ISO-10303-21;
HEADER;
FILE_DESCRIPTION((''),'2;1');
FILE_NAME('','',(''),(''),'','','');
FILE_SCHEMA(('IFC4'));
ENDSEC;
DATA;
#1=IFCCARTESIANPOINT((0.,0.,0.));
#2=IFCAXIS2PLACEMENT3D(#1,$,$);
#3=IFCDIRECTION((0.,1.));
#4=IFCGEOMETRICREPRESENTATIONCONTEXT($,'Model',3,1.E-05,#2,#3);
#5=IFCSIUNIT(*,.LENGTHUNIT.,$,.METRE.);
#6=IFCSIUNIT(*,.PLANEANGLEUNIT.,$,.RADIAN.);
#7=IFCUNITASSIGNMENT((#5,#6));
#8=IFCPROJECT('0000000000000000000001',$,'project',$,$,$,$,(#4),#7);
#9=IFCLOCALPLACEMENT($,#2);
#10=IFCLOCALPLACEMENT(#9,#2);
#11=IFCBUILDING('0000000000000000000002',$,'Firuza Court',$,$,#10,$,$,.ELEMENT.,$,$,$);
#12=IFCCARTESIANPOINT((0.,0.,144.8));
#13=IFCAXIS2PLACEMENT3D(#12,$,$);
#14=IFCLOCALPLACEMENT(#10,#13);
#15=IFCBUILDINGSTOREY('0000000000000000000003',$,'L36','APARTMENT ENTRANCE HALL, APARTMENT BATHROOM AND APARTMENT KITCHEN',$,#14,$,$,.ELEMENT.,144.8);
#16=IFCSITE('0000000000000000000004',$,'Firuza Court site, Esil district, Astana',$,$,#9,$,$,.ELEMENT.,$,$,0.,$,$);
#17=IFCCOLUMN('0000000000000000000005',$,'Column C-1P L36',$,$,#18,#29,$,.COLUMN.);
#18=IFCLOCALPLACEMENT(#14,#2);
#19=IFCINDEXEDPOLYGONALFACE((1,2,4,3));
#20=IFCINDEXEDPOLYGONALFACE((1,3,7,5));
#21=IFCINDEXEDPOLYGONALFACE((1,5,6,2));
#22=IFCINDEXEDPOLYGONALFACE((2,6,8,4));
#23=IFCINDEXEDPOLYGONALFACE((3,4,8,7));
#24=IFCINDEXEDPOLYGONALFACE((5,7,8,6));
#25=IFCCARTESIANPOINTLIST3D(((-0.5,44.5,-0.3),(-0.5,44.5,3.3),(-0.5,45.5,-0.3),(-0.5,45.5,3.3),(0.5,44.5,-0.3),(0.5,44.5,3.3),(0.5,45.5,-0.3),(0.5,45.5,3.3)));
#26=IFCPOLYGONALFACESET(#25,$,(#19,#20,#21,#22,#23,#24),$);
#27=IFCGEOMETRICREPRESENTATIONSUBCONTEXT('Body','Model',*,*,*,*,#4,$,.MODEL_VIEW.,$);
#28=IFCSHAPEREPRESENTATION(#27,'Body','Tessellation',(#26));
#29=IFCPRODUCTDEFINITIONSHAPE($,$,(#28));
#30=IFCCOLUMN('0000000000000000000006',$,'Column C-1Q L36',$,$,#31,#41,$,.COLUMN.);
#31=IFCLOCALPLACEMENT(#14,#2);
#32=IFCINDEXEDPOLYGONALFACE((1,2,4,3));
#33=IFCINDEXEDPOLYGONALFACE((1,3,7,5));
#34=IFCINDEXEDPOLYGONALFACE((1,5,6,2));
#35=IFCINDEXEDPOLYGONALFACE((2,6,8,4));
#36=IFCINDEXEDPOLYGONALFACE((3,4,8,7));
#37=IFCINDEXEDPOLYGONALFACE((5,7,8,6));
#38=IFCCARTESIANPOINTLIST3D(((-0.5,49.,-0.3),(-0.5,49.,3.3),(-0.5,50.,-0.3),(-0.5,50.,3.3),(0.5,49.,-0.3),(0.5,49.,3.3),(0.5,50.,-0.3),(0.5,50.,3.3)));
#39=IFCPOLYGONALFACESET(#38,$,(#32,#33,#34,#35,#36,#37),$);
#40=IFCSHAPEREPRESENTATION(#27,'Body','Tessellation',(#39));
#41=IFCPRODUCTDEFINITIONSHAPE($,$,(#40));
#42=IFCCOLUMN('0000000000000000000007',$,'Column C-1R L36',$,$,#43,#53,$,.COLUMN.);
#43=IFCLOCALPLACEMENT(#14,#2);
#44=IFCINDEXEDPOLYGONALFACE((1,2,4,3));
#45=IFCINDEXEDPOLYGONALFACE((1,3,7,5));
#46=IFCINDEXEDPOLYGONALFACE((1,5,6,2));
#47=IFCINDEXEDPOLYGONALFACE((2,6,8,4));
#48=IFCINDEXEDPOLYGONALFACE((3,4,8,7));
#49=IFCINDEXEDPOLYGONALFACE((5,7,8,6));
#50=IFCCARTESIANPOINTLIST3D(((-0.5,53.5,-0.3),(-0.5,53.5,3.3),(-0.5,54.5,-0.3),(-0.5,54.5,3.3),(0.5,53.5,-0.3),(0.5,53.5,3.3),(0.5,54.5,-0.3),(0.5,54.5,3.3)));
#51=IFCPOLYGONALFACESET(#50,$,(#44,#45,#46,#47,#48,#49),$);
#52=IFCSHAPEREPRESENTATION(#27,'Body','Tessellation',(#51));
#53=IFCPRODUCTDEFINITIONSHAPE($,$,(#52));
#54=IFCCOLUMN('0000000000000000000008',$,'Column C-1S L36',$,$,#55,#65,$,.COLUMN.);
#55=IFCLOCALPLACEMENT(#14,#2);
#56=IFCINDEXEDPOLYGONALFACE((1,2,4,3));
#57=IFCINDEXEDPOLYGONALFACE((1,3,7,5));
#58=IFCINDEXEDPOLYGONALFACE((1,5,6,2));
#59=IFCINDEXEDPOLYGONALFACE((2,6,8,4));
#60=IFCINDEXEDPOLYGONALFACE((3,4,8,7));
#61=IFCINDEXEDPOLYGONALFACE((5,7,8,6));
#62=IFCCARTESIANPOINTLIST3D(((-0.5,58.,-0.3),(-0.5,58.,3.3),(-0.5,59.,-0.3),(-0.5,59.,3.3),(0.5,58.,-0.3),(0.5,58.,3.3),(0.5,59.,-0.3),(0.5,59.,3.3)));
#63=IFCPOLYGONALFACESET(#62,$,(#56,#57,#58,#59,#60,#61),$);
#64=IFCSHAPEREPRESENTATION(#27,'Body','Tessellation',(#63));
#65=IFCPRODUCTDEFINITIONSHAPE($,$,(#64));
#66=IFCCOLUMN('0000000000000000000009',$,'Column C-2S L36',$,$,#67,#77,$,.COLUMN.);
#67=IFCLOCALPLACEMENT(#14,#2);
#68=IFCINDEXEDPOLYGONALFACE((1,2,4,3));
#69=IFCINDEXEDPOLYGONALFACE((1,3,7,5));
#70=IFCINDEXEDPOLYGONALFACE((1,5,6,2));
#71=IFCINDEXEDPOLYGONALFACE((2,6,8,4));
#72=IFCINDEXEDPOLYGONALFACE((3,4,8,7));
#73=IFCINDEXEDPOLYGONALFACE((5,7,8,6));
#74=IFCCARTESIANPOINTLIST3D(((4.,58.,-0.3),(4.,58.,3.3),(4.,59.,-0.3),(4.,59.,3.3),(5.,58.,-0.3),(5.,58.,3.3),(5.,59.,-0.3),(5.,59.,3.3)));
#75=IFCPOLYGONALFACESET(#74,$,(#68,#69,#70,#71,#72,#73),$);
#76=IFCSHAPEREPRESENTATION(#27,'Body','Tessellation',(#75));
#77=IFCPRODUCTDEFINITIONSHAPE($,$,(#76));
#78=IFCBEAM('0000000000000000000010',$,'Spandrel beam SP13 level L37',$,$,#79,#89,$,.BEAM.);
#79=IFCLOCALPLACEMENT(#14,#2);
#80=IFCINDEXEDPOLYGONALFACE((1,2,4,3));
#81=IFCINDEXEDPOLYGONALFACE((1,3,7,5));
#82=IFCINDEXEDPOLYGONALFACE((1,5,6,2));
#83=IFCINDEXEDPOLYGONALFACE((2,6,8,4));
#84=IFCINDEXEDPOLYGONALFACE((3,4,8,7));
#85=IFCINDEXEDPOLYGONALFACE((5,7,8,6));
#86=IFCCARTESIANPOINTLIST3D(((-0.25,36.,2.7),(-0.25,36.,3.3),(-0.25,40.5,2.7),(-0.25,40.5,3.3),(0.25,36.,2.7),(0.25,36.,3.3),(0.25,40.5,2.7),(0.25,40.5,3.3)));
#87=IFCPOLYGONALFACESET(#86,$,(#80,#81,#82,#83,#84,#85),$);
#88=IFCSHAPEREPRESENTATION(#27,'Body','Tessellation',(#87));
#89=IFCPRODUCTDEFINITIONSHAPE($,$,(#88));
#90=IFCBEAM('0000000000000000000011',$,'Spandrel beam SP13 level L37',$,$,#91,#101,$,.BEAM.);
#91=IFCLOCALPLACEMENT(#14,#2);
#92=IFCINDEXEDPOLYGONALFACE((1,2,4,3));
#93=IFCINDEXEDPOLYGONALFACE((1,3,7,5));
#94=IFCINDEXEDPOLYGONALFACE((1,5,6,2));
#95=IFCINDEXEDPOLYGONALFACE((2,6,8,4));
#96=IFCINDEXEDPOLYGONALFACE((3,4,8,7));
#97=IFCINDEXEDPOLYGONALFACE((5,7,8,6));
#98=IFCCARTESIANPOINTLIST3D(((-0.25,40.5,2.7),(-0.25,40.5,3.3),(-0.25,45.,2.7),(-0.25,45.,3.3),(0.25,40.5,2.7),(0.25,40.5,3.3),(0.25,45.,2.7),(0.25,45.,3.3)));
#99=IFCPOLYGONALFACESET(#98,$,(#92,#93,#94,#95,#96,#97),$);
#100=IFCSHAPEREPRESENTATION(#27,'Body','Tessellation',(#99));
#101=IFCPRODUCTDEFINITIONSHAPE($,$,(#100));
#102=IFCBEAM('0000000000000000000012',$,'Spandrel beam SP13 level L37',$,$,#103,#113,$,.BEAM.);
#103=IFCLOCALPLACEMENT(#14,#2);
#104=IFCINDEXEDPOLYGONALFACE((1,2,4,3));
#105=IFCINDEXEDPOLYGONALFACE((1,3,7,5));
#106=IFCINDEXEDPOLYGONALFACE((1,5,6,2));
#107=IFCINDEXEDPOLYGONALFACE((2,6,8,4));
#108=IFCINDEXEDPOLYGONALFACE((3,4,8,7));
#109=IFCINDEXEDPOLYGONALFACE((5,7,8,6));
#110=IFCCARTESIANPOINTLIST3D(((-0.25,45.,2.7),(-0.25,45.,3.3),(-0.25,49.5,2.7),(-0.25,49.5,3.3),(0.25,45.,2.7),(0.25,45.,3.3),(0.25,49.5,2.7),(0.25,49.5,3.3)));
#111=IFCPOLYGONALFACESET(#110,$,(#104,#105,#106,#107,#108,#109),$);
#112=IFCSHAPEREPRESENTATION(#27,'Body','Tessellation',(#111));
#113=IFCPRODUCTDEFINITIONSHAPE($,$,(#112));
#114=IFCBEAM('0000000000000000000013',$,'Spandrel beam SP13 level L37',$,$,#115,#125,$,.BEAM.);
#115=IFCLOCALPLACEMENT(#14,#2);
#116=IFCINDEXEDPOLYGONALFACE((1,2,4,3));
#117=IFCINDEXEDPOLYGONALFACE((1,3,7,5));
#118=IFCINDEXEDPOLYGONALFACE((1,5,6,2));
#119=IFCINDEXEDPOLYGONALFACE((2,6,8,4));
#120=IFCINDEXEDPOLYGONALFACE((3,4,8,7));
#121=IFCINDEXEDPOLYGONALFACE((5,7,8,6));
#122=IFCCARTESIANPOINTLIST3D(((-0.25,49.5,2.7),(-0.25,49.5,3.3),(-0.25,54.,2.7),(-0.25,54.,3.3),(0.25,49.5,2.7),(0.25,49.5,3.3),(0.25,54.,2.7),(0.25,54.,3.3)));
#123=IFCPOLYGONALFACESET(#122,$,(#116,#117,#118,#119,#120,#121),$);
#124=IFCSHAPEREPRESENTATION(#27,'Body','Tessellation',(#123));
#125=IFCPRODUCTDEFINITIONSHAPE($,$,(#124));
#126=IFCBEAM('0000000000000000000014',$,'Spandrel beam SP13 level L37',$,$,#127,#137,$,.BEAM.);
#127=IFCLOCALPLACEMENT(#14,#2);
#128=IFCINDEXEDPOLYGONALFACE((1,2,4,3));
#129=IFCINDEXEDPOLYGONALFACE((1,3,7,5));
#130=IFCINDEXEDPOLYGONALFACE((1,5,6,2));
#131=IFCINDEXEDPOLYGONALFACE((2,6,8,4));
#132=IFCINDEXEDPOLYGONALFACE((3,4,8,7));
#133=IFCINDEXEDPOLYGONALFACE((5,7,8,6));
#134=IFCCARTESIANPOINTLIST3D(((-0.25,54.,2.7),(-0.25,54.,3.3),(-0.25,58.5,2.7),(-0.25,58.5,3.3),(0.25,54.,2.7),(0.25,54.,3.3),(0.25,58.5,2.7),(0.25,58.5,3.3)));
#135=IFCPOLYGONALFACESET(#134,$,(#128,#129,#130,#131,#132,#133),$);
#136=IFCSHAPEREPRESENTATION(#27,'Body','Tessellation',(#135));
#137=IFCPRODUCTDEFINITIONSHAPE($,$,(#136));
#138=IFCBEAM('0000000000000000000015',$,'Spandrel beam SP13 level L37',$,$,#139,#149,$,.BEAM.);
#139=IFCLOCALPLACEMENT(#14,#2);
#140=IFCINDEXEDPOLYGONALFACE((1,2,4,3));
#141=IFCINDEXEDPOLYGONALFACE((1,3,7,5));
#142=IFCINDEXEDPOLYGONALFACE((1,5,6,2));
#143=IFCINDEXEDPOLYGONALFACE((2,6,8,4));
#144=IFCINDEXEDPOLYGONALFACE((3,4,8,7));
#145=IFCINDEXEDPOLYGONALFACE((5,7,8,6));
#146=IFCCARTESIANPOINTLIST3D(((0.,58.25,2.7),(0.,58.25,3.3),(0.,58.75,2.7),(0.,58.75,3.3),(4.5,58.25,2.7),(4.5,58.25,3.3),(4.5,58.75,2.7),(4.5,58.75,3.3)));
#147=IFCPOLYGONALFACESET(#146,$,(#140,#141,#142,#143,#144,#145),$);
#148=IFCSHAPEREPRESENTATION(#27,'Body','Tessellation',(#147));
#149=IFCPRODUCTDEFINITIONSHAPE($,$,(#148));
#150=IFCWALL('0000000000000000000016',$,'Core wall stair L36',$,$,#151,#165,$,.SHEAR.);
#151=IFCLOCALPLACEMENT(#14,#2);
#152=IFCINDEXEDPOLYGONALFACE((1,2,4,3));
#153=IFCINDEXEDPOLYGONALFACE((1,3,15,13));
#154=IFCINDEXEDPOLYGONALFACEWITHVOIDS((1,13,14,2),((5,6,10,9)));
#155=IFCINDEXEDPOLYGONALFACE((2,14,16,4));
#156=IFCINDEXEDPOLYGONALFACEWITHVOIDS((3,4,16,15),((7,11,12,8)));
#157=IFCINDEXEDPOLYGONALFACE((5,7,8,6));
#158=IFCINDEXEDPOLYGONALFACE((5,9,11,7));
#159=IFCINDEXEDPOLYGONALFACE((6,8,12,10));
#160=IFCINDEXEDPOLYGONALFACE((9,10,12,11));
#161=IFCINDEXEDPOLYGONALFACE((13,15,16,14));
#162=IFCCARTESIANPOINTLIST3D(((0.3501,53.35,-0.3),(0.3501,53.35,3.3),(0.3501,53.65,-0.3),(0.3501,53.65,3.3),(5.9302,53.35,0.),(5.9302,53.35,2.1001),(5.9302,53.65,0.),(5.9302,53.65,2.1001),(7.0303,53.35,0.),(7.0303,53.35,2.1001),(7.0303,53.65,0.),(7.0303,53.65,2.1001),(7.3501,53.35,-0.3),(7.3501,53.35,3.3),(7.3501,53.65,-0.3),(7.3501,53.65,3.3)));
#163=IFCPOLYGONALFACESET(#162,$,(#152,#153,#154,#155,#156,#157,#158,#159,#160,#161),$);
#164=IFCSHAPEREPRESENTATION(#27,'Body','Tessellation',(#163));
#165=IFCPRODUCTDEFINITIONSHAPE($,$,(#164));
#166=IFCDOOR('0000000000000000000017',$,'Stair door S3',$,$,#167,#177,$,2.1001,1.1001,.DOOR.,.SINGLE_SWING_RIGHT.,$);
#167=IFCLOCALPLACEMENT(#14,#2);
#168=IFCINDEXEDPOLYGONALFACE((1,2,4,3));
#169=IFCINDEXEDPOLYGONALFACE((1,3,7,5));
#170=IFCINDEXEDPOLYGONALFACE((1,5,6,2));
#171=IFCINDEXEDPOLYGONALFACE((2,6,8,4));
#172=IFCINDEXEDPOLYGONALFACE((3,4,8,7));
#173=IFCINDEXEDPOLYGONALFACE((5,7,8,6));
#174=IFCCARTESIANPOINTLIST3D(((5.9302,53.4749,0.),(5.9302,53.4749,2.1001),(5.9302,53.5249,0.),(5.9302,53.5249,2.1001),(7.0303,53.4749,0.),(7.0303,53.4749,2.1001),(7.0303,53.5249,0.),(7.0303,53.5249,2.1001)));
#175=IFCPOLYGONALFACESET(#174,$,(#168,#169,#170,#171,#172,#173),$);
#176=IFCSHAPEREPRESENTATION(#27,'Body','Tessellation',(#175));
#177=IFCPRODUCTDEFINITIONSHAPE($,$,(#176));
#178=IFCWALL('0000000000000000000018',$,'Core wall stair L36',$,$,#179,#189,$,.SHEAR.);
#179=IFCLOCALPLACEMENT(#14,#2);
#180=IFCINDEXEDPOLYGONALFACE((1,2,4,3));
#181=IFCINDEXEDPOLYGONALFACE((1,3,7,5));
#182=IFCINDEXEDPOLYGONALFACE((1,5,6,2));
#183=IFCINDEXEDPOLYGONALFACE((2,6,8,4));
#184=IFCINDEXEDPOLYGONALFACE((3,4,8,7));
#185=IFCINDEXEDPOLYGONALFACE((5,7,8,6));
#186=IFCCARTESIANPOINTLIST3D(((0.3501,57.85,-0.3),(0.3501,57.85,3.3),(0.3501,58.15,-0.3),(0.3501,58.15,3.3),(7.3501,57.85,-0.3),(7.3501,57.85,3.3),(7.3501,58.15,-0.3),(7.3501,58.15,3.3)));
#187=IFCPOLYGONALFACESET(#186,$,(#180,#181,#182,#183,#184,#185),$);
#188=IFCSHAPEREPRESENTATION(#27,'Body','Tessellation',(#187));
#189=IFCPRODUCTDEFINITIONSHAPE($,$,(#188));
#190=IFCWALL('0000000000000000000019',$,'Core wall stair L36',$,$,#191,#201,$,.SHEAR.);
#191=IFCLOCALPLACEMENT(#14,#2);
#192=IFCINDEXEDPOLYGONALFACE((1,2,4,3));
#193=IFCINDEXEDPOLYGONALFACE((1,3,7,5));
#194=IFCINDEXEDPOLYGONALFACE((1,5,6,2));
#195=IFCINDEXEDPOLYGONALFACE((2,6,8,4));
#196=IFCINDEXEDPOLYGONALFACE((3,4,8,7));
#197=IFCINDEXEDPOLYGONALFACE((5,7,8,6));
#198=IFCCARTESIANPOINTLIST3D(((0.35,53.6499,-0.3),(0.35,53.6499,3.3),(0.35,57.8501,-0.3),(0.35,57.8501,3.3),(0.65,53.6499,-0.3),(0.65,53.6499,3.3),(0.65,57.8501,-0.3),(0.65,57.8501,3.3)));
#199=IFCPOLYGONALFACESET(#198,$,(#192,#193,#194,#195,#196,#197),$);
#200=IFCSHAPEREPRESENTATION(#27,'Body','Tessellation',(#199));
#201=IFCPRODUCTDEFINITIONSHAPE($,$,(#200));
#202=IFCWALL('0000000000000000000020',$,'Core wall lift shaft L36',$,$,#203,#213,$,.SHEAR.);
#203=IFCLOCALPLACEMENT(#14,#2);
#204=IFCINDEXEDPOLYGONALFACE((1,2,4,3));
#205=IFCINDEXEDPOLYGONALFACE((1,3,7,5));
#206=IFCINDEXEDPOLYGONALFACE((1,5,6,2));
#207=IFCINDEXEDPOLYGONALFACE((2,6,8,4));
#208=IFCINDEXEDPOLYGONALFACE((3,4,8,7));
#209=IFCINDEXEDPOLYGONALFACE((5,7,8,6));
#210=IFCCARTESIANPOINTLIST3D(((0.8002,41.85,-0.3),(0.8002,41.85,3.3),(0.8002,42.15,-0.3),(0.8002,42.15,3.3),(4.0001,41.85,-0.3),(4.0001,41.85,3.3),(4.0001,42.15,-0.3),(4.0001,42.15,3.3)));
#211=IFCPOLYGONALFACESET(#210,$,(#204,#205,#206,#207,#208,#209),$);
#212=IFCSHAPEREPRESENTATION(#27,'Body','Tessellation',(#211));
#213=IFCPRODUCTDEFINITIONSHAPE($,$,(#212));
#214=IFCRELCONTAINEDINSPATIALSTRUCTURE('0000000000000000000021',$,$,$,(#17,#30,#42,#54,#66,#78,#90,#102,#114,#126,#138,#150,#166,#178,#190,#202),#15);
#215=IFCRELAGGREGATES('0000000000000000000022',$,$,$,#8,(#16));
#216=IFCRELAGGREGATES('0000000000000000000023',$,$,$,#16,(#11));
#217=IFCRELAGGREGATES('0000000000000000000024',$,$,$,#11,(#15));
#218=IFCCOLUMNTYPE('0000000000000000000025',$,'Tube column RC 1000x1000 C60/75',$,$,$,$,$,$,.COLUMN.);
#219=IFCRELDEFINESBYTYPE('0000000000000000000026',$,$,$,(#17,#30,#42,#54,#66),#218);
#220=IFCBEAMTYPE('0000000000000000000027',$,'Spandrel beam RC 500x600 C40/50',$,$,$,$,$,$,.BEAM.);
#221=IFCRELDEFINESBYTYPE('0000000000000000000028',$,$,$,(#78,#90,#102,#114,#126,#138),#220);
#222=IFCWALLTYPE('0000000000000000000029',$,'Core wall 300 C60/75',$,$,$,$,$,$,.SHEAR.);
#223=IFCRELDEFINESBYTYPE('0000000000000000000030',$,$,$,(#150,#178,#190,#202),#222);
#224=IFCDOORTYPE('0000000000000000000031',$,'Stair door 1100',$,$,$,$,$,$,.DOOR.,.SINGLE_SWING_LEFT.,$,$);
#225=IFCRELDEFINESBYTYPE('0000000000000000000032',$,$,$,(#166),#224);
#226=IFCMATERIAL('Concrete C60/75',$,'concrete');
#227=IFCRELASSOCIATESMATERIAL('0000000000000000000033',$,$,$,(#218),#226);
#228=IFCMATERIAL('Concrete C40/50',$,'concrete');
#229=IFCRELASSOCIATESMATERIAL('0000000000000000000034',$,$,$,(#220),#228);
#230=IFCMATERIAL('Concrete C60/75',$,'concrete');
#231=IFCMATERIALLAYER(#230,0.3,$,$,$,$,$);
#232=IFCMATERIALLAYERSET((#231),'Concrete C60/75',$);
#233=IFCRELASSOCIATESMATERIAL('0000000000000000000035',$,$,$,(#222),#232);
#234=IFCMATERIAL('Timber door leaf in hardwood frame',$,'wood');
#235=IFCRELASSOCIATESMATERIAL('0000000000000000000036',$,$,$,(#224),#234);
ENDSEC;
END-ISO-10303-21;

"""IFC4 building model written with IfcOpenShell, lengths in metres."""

from ifc_helpers import new_model, si_unit, direction, frame, frame_2d, origin, origin_2d, place, context, subcontext, project, spatial, rectangle, extrude, material, layer, layer_set, material_profile, profile_set, type_object, element, fill, save


model = new_model("IFC4")

# Units and contexts
model_context = context("Model", 3, precision=1e-05, world=origin(), true_north=direction((0.0, 1.0)))
body_context = subcontext(model_context, "Body", "Model", "MODEL_VIEW")
ifc_project = project(units=[si_unit("LENGTHUNIT", "METRE"), si_unit("PLANEANGLEUNIT", "RADIAN")], contexts=[model_context])

# Site, building, storey
site_placement = place(None, origin())
site = spatial("IfcSite", under=ifc_project, at=site_placement, Name="Firuza Court site, Esil district, Astana", CompositionType="ELEMENT", RefElevation=0.0)
building_placement = place(site_placement, origin())
building = spatial("IfcBuilding", under=site, at=building_placement, Name="Firuza Court", CompositionType="ELEMENT")
storey_placement = place(building_placement, frame((0.0, 0.0, 144.8)))
storey = spatial("IfcBuildingStorey", under=building, at=storey_placement, Name="L36", Description="APARTMENT ENTRANCE HALL, APARTMENT BATHROOM AND APARTMENT KITCHEN", CompositionType="ELEMENT", Elevation=144.8)

# Columns
ifc_material_1 = material(Name="Concrete C60/75", Category="concrete")
ifc_material_profile_1 = material_profile(ifc_material_1, rectangle(XDim=1.0, YDim=1.0, at=origin_2d()), Name="RC 1000x1000")
ifc_profile_set_1 = profile_set([ifc_material_profile_1], Name="Concrete C60/75")
column_type = type_object("IfcColumnType", Name="Tube column RC 1000x1000 C60/75", PredefinedType="COLUMN", material=ifc_profile_set_1)
for number, where, z_axis, x_axis, name in (
    (1, (0.0, 45.0, -0.3), (0.0, 0.0, 1.0), (1.0, 0.0, 0.0), "Column C-1P L36"),
    (2, (0.0, 49.5, -0.3), (0.0, 0.0, 1.0), (1.0, 0.0, 0.0), "Column C-1Q L36"),
    (3, (0.0, 54.0, -0.3), (0.0, 0.0, 1.0), (1.0, 0.0, 0.0), "Column C-1R L36"),
    (4, (0.0, 58.5, -0.3), (0.0, 0.0, 1.0), (1.0, 0.0, 0.0), "Column C-1S L36"),
    (5, (4.5, 58.5, -0.3), (0.0, 0.0, 1.0), (1.0, 0.0, 0.0), "Column C-2S L36"),
):
    element("IfcColumn", number, at=place(storey_placement, frame(where, z_axis=z_axis, x_axis=x_axis)), inside=storey, type_object=column_type, Name=name, PredefinedType="COLUMN", context=body_context, shape_type="SweptSolid", body=[
        extrude(rectangle(XDim=1.0, YDim=1.0, at=origin_2d()), origin(), (0.0, 0.0, 1.0), 3.6001),
    ])

# Beams
ifc_material_2 = material(Name="Concrete C40/50", Category="concrete")
ifc_material_profile_2 = material_profile(ifc_material_2, rectangle(XDim=0.5, YDim=0.6001, at=origin_2d()), Name="RC 500x600")
ifc_profile_set_2 = profile_set([ifc_material_profile_2], Name="Concrete C40/50")
beam_type = type_object("IfcBeamType", Name="Spandrel beam RC 500x600 C40/50", PredefinedType="BEAM", material=ifc_profile_set_2)
for number, where, z_axis, x_axis, name in (
    (6, (0.0, 40.5, 3.0), (0.0, -1.0, 0.0), (1.0, 0.0, 0.0), "Spandrel beam SP13 level L37"),
    (7, (0.0, 45.0, 3.0), (0.0, -1.0, 0.0), (1.0, 0.0, 0.0), "Spandrel beam SP13 level L37"),
    (8, (0.0, 49.5, 3.0), (0.0, -1.0, 0.0), (1.0, 0.0, 0.0), "Spandrel beam SP13 level L37"),
    (9, (0.0, 54.0, 3.0), (0.0, -1.0, 0.0), (1.0, 0.0, 0.0), "Spandrel beam SP13 level L37"),
    (10, (0.0, 58.5, 3.0), (0.0, -1.0, 0.0), (1.0, 0.0, 0.0), "Spandrel beam SP13 level L37"),
    (11, (4.5, 58.5, 3.0), (-1.0, 0.0, 0.0), (0.0, -1.0, 0.0), "Spandrel beam SP13 level L37"),
):
    element("IfcBeam", number, at=place(storey_placement, frame(where, z_axis=z_axis, x_axis=x_axis)), inside=storey, type_object=beam_type, Name=name, PredefinedType="BEAM", context=body_context, shape_type="SweptSolid", body=[
        extrude(rectangle(XDim=0.5, YDim=0.6001, at=origin_2d()), origin(), (0.0, 0.0, 1.0), 4.5),
    ])

# Wall, opening, door
ifc_material_3 = material(Name="Concrete C60/75", Category="concrete")
ifc_layer_1 = layer(ifc_material_3, 0.3)
ifc_layer_set_1 = layer_set([ifc_layer_1], Name="Concrete C60/75")
wall_type_1 = type_object("IfcWallType", Name="Core wall 300 C60/75", PredefinedType="SHEAR", material=ifc_layer_set_1)
wall_1_placement = place(storey_placement, frame((0.3501, 53.5, -0.3), z_axis=(0.0, 0.0, 1.0), x_axis=(1.0, 0.0, 0.0)))
wall_1 = element("IfcWall", 12, at=wall_1_placement, inside=storey, type_object=wall_type_1, Name="Core wall stair L36", PredefinedType="SHEAR", context=body_context, shape_type="SweptSolid", body=[
    extrude(rectangle(XDim=7.0, YDim=0.3, at=frame_2d((3.5, 0.0))), origin(), (0.0, 0.0, 1.0), 3.6001),
])
opening_placement = place(wall_1_placement, frame((5.5801, 0.0, 0.3)))
opening = element("IfcOpeningElement", 13, at=opening_placement, cuts=wall_1, PredefinedType="OPENING", context=body_context, shape_type="SweptSolid", body=[
    extrude(rectangle(XDim=1.1001, YDim=2.1001, at=frame_2d((0.55, 1.05))), frame((0.0, 0.1621, 0.0), z_axis=(0.0, -1.0, 0.0), x_axis=(1.0, 0.0, 0.0)), (0.0, 0.0, 1.0), 0.324),
])
ifc_material_4 = material(Name="Timber door leaf in hardwood frame", Category="wood")
door_type = type_object("IfcDoorType", Name="Stair door 1100", OperationType="SINGLE_SWING_LEFT", PredefinedType="DOOR", material=ifc_material_4)
door_placement = place(opening_placement, origin())
door = element("IfcDoor", 14, at=door_placement, inside=storey, type_object=door_type, Name="Stair door S3", OperationType="SINGLE_SWING_RIGHT", OverallHeight=2.1001, OverallWidth=1.1001, PredefinedType="DOOR", context=body_context, shape_type="SweptSolid", body=[
    extrude(rectangle(XDim=1.1001, YDim=2.1001, at=frame_2d((0.55, 1.05))), frame((0.0, 0.0249, 0.0), z_axis=(0.0, -1.0, 0.0), x_axis=(1.0, 0.0, 0.0)), (0.0, 0.0, 1.0), 0.05),
])
fill(opening, door)

# Walls
wall_2_placement = place(storey_placement, frame((0.3501, 58.0, -0.3), z_axis=(0.0, 0.0, 1.0), x_axis=(1.0, 0.0, 0.0)))
element("IfcWall", 15, at=wall_2_placement, inside=storey, type_object=wall_type_1, Name="Core wall stair L36", PredefinedType="SHEAR", context=body_context, shape_type="SweptSolid", body=[
    extrude(rectangle(XDim=7.0, YDim=0.3, at=frame_2d((3.5, 0.0))), origin(), (0.0, 0.0, 1.0), 3.6001),
])
wall_3_placement = place(storey_placement, frame((0.5, 53.6499, -0.3), z_axis=(0.0, 0.0, 1.0), x_axis=(0.0, 1.0, 0.0)))
element("IfcWall", 16, at=wall_3_placement, inside=storey, type_object=wall_type_1, Name="Core wall stair L36", PredefinedType="SHEAR", context=body_context, shape_type="SweptSolid", body=[
    extrude(rectangle(XDim=4.2002, YDim=0.3, at=frame_2d((2.1001, 0.0))), origin(), (0.0, 0.0, 1.0), 3.6001),
])
for number, where, z_axis, x_axis, name in (
    (17, (0.8, 42.0, -0.3), (0.0, 0.0, 1.0), (1.0, 0.0, 0.0), "Core wall lift shaft L36"),
):
    element("IfcWall", number, at=place(storey_placement, frame(where, z_axis=z_axis, x_axis=x_axis)), inside=storey, type_object=wall_type_1, Name=name, PredefinedType="SHEAR", context=body_context, shape_type="SweptSolid", body=[
        extrude(rectangle(XDim=3.2, YDim=0.3, at=frame_2d((1.6001, 0.0))), origin(), (0.0, 0.0, 1.0), 3.6001),
    ])

save(model, "model.ifc")
